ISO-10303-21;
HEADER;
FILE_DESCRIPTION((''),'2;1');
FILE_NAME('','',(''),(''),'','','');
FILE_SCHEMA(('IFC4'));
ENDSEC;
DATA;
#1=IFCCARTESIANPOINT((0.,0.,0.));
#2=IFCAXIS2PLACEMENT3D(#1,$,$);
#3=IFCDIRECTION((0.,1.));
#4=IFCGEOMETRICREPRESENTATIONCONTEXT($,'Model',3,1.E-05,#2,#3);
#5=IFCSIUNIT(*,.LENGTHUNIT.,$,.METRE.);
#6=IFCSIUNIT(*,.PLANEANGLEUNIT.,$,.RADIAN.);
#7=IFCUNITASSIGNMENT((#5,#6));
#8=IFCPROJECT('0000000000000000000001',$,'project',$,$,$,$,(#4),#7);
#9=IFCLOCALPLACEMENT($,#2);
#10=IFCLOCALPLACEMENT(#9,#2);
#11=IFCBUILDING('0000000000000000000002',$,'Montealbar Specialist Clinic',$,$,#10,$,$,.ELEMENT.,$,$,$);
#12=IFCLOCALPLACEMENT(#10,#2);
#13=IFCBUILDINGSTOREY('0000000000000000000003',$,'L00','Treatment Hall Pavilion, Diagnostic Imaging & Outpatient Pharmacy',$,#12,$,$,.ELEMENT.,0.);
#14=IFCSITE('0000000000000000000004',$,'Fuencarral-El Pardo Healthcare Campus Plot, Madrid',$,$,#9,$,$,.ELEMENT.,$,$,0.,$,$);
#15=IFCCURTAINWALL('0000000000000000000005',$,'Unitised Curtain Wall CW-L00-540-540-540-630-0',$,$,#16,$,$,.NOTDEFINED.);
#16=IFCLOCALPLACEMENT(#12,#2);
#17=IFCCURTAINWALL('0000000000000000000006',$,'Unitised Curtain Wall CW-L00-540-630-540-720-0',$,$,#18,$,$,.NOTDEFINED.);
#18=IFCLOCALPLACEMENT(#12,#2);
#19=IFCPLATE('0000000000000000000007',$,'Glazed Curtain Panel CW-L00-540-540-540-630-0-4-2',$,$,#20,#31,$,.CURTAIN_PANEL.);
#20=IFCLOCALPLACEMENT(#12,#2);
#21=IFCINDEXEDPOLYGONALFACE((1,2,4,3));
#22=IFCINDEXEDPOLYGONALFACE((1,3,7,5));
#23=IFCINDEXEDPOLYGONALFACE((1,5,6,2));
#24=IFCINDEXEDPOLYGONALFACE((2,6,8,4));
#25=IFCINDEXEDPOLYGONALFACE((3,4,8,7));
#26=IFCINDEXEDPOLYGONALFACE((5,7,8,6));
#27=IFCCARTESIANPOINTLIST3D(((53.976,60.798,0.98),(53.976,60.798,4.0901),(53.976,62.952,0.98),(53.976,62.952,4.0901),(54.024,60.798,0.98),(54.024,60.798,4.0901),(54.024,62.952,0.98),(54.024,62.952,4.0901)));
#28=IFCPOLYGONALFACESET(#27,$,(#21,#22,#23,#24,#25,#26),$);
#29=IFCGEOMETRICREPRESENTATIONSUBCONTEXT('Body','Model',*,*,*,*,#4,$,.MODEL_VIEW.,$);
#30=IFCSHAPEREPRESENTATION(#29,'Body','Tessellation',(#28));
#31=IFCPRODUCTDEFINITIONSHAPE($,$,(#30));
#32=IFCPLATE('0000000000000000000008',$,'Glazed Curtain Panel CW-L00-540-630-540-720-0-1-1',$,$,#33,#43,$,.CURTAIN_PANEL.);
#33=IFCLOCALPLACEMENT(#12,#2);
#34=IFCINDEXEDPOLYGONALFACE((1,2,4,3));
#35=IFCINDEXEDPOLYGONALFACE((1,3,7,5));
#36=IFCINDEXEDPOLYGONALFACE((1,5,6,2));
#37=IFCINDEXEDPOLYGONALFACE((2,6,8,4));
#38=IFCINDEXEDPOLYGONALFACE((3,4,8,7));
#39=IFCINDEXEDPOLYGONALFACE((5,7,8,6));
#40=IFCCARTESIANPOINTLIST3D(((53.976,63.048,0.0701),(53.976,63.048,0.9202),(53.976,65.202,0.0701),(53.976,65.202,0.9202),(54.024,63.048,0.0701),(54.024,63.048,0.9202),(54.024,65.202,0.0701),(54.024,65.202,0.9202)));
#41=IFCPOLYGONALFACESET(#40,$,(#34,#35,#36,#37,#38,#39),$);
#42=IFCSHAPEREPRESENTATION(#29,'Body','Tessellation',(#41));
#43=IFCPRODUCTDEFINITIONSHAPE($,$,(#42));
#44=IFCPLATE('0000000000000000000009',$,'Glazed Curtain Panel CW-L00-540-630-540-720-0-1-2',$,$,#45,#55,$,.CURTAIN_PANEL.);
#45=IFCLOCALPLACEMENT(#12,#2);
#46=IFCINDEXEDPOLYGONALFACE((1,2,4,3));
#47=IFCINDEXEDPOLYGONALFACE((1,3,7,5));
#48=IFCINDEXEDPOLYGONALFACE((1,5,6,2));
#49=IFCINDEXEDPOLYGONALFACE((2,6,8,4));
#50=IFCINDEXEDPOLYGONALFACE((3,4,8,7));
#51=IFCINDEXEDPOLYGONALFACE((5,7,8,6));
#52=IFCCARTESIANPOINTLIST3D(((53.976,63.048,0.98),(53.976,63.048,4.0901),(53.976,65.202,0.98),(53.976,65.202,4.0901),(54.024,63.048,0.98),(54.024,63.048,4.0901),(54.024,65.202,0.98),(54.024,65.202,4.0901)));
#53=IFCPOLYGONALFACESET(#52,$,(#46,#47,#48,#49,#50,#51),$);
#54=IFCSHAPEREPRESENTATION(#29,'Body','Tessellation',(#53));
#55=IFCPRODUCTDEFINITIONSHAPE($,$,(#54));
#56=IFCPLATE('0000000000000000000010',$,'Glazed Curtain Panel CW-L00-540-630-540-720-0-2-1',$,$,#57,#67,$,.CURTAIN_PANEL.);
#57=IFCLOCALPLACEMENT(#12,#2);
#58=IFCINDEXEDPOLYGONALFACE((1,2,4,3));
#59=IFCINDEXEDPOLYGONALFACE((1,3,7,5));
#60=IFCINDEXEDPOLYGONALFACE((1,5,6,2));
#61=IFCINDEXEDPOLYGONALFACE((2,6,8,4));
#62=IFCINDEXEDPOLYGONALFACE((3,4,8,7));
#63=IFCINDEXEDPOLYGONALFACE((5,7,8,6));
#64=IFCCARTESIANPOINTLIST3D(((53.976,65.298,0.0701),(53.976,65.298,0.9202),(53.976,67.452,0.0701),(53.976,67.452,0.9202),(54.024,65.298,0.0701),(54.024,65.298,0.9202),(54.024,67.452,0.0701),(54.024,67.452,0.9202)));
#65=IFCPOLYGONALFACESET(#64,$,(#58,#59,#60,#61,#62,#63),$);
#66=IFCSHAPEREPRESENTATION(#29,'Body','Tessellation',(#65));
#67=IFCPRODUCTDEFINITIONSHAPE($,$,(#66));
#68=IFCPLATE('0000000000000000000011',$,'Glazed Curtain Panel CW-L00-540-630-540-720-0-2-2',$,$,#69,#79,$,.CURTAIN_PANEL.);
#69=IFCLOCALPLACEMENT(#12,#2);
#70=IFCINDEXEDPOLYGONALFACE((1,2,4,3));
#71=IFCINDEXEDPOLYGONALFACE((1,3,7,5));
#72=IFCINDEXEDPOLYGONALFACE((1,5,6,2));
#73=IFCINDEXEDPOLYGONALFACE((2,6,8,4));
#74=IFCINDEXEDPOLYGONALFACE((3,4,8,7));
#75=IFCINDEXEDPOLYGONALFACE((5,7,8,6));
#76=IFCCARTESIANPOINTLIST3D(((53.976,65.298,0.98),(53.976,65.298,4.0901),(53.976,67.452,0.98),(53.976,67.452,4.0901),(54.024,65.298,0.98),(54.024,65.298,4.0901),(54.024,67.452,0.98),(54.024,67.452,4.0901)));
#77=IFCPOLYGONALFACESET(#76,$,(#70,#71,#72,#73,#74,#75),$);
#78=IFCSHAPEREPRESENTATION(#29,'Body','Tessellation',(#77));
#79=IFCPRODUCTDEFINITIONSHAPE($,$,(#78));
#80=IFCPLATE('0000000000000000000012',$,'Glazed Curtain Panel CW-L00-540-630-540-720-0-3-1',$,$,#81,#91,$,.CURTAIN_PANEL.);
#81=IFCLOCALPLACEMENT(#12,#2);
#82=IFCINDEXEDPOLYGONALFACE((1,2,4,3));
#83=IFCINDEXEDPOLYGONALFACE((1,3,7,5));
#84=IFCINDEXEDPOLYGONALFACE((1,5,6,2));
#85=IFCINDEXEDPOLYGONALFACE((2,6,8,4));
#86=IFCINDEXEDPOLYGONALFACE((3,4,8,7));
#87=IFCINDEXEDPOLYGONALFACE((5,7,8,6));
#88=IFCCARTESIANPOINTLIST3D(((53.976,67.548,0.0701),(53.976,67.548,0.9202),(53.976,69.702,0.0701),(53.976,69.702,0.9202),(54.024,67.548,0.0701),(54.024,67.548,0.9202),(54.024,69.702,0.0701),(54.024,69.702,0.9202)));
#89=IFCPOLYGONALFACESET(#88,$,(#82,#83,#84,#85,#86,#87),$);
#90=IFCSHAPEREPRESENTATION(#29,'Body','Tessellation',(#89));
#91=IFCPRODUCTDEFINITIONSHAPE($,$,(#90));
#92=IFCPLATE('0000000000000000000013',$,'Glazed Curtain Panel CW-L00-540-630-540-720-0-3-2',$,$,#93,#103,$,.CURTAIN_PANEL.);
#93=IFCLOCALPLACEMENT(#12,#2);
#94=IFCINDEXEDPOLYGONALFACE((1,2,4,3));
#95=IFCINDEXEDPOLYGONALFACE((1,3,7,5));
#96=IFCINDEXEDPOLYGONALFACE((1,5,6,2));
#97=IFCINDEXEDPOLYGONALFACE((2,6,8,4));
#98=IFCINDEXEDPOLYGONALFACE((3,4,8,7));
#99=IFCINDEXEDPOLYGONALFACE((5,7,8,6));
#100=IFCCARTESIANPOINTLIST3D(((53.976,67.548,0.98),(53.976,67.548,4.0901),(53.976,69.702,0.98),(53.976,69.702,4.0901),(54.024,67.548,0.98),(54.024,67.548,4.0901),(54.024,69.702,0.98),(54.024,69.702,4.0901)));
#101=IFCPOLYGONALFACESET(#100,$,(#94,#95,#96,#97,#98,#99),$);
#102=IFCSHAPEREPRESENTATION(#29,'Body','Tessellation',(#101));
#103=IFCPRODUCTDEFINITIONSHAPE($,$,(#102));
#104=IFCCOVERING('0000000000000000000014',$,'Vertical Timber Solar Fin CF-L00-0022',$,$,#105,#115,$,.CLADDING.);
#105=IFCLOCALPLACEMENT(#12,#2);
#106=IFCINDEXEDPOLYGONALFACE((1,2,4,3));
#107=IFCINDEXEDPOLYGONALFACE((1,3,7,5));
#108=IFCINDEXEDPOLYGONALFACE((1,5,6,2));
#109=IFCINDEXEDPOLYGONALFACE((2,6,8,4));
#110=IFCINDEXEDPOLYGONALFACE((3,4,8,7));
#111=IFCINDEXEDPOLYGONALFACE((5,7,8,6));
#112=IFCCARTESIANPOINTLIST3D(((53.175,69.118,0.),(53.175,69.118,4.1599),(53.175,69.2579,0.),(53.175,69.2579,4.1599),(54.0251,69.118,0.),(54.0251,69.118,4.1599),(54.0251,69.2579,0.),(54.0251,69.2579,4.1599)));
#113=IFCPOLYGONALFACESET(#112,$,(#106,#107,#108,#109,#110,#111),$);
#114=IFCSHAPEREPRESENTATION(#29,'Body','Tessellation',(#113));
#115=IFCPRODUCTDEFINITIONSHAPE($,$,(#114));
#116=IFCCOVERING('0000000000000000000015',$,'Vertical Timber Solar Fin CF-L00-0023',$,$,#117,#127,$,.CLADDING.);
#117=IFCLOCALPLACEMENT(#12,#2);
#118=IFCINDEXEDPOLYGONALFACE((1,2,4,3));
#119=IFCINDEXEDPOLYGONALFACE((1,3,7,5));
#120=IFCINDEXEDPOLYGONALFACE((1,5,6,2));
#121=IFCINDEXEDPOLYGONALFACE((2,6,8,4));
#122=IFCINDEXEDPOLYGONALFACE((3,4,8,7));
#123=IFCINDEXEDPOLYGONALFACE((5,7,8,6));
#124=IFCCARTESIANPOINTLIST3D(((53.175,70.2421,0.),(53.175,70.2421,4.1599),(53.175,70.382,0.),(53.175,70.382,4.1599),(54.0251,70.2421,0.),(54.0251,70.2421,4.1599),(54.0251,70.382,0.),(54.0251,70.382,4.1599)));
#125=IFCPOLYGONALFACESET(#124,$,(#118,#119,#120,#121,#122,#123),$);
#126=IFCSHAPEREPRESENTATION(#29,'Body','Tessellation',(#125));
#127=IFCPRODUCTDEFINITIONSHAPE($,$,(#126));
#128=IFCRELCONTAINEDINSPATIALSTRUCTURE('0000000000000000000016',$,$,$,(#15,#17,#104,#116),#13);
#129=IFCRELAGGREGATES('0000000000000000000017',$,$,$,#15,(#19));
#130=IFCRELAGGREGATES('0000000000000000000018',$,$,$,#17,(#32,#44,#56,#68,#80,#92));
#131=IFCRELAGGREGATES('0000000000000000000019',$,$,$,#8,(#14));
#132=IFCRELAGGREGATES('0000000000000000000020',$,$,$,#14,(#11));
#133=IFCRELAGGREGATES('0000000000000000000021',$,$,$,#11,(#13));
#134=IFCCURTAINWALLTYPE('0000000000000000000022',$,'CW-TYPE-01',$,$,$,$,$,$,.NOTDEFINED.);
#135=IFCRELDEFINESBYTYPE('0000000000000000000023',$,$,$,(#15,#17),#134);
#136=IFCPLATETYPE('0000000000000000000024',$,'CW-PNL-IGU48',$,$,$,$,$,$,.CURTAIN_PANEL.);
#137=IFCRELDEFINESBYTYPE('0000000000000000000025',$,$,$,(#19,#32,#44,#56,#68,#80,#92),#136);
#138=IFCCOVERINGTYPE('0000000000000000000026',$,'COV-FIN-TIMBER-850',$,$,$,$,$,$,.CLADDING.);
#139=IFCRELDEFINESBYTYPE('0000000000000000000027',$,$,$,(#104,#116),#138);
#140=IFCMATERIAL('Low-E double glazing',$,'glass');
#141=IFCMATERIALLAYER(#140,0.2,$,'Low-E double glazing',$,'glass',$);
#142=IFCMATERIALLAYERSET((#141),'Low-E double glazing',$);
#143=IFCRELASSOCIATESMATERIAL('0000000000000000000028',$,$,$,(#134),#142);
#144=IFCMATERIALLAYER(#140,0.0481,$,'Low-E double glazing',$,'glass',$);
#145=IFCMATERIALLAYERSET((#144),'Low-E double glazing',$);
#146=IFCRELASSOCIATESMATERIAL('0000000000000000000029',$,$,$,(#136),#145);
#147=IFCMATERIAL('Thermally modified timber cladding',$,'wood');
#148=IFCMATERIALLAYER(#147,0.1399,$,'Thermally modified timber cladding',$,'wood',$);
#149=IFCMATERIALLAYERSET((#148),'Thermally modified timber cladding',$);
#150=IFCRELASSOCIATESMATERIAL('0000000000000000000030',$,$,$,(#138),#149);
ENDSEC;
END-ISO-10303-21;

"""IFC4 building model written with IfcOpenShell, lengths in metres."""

from ifc_helpers import new_model, si_unit, direction, frame, origin, origin_2d, place, context, subcontext, project, spatial, rectangle, extrude, material, layer, layer_set, type_object, element, aggregate, save


model = new_model("IFC4")

# Units and contexts
model_context = context("Model", 3, precision=1e-05, world=origin(), true_north=direction((0.0, 1.0)))
body_context = subcontext(model_context, "Body", "Model", "MODEL_VIEW")
ifc_project = project(units=[si_unit("LENGTHUNIT", "METRE"), si_unit("PLANEANGLEUNIT", "RADIAN")], contexts=[model_context])

# Site, building, storey
site_placement = place(None, origin())
site = spatial("IfcSite", under=ifc_project, at=site_placement, Name="Fuencarral-El Pardo Healthcare Campus Plot, Madrid", CompositionType="ELEMENT", RefElevation=0.0)
building_placement = place(site_placement, origin())
building = spatial("IfcBuilding", under=site, at=building_placement, Name="Montealbar Specialist Clinic", CompositionType="ELEMENT")
storey_placement = place(building_placement, origin())
storey = spatial("IfcBuildingStorey", under=building, at=storey_placement, Name="L00", Description="Treatment Hall Pavilion, Diagnostic Imaging & Outpatient Pharmacy", CompositionType="ELEMENT", Elevation=0.0)

# Curtain wall
ifc_material_1 = material(Name="Low-E double glazing", Category="glass")
ifc_layer_1 = layer(ifc_material_1, 0.2, Name="Low-E double glazing", Category="glass")
ifc_layer_set_1 = layer_set([ifc_layer_1], Name="Low-E double glazing")
curtain_wall_type = type_object("IfcCurtainWallType", Name="CW-TYPE-01", PredefinedType="NOTDEFINED", material=ifc_layer_set_1)
curtain_wall_1_placement = place(storey_placement, origin())
curtain_wall_1 = element("IfcCurtainWall", 1, at=curtain_wall_1_placement, inside=storey, type_object=curtain_wall_type, Name="Unitised Curtain Wall CW-L00-540-540-540-630-0", PredefinedType="NOTDEFINED")

# Curtain wall
curtain_wall_2_placement = place(storey_placement, origin())
curtain_wall_2 = element("IfcCurtainWall", 2, at=curtain_wall_2_placement, inside=storey, type_object=curtain_wall_type, Name="Unitised Curtain Wall CW-L00-540-630-540-720-0", PredefinedType="NOTDEFINED")

# Plates
ifc_layer_2 = layer(ifc_material_1, 0.0481, Name="Low-E double glazing", Category="glass")
ifc_layer_set_2 = layer_set([ifc_layer_2], Name="Low-E double glazing")
plate_type = type_object("IfcPlateType", Name="CW-PNL-IGU48", PredefinedType="CURTAIN_PANEL", material=ifc_layer_set_2)
plate_1_placement = place(storey_placement, frame((54.0, 61.875, 0.98), z_axis=(0.0, 0.0, 1.0), x_axis=(0.0, 1.0, 0.0)))
plate_1 = element("IfcPlate", 3, at=plate_1_placement, type_object=plate_type, Name="Glazed Curtain Panel CW-L00-540-540-540-630-0-4-2", PredefinedType="CURTAIN_PANEL", context=body_context, shape_type="SweptSolid", body=[
    extrude(rectangle(XDim=2.1541, YDim=0.0481, at=origin_2d()), origin(), (0.0, 0.0, 1.0), 3.1101),
])
aggregate(curtain_wall_1, [plate_1])
plate_2_placement = place(storey_placement, frame((54.0, 64.125, 0.0701), z_axis=(0.0, 0.0, 1.0), x_axis=(0.0, 1.0, 0.0)))
plate_2 = element("IfcPlate", 4, at=plate_2_placement, type_object=plate_type, Name="Glazed Curtain Panel CW-L00-540-630-540-720-0-1-1", PredefinedType="CURTAIN_PANEL", context=body_context, shape_type="SweptSolid", body=[
    extrude(rectangle(XDim=2.1541, YDim=0.0481, at=origin_2d()), origin(), (0.0, 0.0, 1.0), 0.8501),
])
plate_3_placement = place(storey_placement, frame((54.0, 64.125, 0.98), z_axis=(0.0, 0.0, 1.0), x_axis=(0.0, 1.0, 0.0)))
plate_3 = element("IfcPlate", 5, at=plate_3_placement, type_object=plate_type, Name="Glazed Curtain Panel CW-L00-540-630-540-720-0-1-2", PredefinedType="CURTAIN_PANEL", context=body_context, shape_type="SweptSolid", body=[
    extrude(rectangle(XDim=2.1541, YDim=0.0481, at=origin_2d()), origin(), (0.0, 0.0, 1.0), 3.1101),
])
plate_4_placement = place(storey_placement, frame((54.0, 66.375, 0.0701), z_axis=(0.0, 0.0, 1.0), x_axis=(0.0, 1.0, 0.0)))
plate_4 = element("IfcPlate", 6, at=plate_4_placement, type_object=plate_type, Name="Glazed Curtain Panel CW-L00-540-630-540-720-0-2-1", PredefinedType="CURTAIN_PANEL", context=body_context, shape_type="SweptSolid", body=[
    extrude(rectangle(XDim=2.1541, YDim=0.0481, at=origin_2d()), origin(), (0.0, 0.0, 1.0), 0.8501),
])
plate_5_placement = place(storey_placement, frame((54.0, 66.375, 0.98), z_axis=(0.0, 0.0, 1.0), x_axis=(0.0, 1.0, 0.0)))
plate_5 = element("IfcPlate", 7, at=plate_5_placement, type_object=plate_type, Name="Glazed Curtain Panel CW-L00-540-630-540-720-0-2-2", PredefinedType="CURTAIN_PANEL", context=body_context, shape_type="SweptSolid", body=[
    extrude(rectangle(XDim=2.1541, YDim=0.0481, at=origin_2d()), origin(), (0.0, 0.0, 1.0), 3.1101),
])
plate_6_placement = place(storey_placement, frame((54.0, 68.625, 0.0701), z_axis=(0.0, 0.0, 1.0), x_axis=(0.0, 1.0, 0.0)))
plate_6 = element("IfcPlate", 8, at=plate_6_placement, type_object=plate_type, Name="Glazed Curtain Panel CW-L00-540-630-540-720-0-3-1", PredefinedType="CURTAIN_PANEL", context=body_context, shape_type="SweptSolid", body=[
    extrude(rectangle(XDim=2.1541, YDim=0.0481, at=origin_2d()), origin(), (0.0, 0.0, 1.0), 0.8501),
])
plate_7_placement = place(storey_placement, frame((54.0, 68.625, 0.98), z_axis=(0.0, 0.0, 1.0), x_axis=(0.0, 1.0, 0.0)))
plate_7 = element("IfcPlate", 9, at=plate_7_placement, type_object=plate_type, Name="Glazed Curtain Panel CW-L00-540-630-540-720-0-3-2", PredefinedType="CURTAIN_PANEL", context=body_context, shape_type="SweptSolid", body=[
    extrude(rectangle(XDim=2.1541, YDim=0.0481, at=origin_2d()), origin(), (0.0, 0.0, 1.0), 3.1101),
])
aggregate(curtain_wall_2, [plate_2, plate_3, plate_4, plate_5, plate_6, plate_7])

# Coverings
ifc_material_2 = material(Name="Thermally modified timber cladding", Category="wood")
ifc_layer_3 = layer(ifc_material_2, 0.1399, Name="Thermally modified timber cladding", Category="wood")
ifc_layer_set_3 = layer_set([ifc_layer_3], Name="Thermally modified timber cladding")
covering_type = type_object("IfcCoveringType", Name="COV-FIN-TIMBER-850", PredefinedType="CLADDING", material=ifc_layer_set_3)
for number, where, z_axis, x_axis, name in (
    (10, (53.6001, 69.188, 0.0), (0.0, 0.0, 1.0), (-1.0, 0.0, 0.0), "Vertical Timber Solar Fin CF-L00-0022"),
    (11, (53.6001, 70.312, 0.0), (0.0, 0.0, 1.0), (-1.0, 0.0, 0.0), "Vertical Timber Solar Fin CF-L00-0023"),
):
    element("IfcCovering", number, at=place(storey_placement, frame(where, z_axis=z_axis, x_axis=x_axis)), inside=storey, type_object=covering_type, Name=name, PredefinedType="CLADDING", context=body_context, shape_type="SweptSolid", body=[
        extrude(rectangle(XDim=0.8501, YDim=0.1399, at=origin_2d()), origin(), (0.0, 0.0, 1.0), 4.1599),
    ])

save(model, "model.ifc")
